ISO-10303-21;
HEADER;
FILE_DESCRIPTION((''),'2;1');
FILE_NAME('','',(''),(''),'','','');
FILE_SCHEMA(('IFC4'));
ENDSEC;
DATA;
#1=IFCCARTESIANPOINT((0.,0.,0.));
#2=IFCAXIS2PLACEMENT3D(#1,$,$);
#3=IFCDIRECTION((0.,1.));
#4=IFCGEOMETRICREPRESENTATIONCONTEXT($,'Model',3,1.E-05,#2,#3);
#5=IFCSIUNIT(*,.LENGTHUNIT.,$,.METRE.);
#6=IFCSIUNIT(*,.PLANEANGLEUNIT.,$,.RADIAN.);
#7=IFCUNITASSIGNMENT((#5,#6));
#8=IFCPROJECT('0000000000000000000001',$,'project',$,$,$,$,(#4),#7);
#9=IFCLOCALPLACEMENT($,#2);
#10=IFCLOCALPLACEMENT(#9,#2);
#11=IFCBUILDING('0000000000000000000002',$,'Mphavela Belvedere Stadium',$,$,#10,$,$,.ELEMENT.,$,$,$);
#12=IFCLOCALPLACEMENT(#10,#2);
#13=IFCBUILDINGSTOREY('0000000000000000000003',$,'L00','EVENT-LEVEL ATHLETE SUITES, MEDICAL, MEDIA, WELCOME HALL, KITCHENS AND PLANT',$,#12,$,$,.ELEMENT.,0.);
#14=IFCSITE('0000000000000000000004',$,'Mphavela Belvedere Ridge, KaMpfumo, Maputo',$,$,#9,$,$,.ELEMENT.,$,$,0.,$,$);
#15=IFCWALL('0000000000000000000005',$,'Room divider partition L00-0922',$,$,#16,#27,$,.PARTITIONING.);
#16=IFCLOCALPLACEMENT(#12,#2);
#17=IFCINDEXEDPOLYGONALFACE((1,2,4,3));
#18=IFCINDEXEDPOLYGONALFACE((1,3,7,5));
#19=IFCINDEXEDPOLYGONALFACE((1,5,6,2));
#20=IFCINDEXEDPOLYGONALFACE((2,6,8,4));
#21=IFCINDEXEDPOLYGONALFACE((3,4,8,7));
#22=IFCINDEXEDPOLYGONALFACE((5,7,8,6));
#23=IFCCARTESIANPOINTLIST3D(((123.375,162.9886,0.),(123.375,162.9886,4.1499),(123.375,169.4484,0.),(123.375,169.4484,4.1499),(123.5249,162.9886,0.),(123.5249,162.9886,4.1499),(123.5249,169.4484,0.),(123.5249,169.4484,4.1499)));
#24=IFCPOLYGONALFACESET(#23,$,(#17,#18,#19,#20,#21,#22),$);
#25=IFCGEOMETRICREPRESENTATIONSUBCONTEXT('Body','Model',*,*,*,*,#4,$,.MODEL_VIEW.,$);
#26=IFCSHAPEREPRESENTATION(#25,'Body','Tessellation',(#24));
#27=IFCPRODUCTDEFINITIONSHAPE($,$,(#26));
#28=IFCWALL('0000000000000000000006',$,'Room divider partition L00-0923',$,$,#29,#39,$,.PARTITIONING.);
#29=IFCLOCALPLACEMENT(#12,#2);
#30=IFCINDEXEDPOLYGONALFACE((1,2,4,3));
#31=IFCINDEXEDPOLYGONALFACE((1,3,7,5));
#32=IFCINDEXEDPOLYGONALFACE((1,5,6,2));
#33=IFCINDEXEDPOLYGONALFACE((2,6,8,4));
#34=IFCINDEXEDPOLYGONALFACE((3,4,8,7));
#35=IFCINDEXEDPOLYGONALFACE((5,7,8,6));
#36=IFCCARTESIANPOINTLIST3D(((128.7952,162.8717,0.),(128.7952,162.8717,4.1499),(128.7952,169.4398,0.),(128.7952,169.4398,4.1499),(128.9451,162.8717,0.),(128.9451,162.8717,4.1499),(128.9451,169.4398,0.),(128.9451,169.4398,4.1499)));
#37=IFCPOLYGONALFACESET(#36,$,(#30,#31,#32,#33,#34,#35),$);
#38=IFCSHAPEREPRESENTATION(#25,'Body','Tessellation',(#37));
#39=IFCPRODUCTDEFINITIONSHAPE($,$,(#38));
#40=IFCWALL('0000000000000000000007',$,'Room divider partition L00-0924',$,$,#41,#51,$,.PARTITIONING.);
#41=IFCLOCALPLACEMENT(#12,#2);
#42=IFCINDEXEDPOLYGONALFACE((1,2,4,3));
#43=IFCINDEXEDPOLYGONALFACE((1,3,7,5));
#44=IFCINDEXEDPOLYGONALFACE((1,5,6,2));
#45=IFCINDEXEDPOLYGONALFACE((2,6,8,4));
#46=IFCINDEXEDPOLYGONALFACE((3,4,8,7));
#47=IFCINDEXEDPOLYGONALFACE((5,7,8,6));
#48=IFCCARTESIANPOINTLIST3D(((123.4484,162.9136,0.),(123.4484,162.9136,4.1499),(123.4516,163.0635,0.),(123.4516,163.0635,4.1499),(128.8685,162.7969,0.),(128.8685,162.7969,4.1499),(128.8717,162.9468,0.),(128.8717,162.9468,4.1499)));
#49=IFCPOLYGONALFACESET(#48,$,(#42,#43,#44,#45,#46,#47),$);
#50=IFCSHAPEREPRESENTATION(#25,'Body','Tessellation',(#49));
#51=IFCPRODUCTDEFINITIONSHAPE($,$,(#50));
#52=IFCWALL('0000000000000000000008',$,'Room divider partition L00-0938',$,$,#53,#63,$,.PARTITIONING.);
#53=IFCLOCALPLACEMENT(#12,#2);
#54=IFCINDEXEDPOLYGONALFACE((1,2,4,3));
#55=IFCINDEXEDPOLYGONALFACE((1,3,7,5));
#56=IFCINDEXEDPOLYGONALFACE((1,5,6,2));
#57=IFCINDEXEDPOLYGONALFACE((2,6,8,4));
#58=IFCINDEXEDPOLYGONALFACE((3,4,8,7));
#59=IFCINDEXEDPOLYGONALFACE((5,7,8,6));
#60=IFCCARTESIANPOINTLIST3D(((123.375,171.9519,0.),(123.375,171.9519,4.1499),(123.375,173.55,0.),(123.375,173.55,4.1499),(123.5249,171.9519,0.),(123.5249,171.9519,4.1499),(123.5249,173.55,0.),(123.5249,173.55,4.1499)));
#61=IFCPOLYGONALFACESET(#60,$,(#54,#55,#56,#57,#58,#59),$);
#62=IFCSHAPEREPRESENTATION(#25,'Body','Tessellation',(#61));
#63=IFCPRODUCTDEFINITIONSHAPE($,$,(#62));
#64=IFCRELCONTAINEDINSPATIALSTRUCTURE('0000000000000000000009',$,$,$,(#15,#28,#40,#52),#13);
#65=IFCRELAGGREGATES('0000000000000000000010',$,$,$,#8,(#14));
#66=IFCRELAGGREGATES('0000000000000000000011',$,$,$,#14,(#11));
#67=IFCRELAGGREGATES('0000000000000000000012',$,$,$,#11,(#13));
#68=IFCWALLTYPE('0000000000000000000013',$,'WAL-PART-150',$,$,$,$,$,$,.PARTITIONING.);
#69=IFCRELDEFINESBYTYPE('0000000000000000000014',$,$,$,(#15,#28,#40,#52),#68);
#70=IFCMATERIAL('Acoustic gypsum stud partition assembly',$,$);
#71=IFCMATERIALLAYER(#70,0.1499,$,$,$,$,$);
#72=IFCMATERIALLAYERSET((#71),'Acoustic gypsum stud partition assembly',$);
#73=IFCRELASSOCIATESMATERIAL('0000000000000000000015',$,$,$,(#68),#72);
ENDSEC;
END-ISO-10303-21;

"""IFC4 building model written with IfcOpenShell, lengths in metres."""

from ifc_helpers import new_model, si_unit, direction, frame, frame_2d, origin, place, context, subcontext, project, spatial, rectangle, extrude, material, layer, layer_set, type_object, element, save


model = new_model("IFC4")

# Units and contexts
model_context = context("Model", 3, precision=1e-05, world=origin(), true_north=direction((0.0, 1.0)))
body_context = subcontext(model_context, "Body", "Model", "MODEL_VIEW")
ifc_project = project(units=[si_unit("LENGTHUNIT", "METRE"), si_unit("PLANEANGLEUNIT", "RADIAN")], contexts=[model_context])

# Site, building, storey
site_placement = place(None, origin())
site = spatial("IfcSite", under=ifc_project, at=site_placement, Name="Mphavela Belvedere Ridge, KaMpfumo, Maputo", CompositionType="ELEMENT", RefElevation=0.0)
building_placement = place(site_placement, origin())
building = spatial("IfcBuilding", under=site, at=building_placement, Name="Mphavela Belvedere Stadium", CompositionType="ELEMENT")
storey_placement = place(building_placement, origin())
storey = spatial("IfcBuildingStorey", under=building, at=storey_placement, Name="L00", Description="EVENT-LEVEL ATHLETE SUITES, MEDICAL, MEDIA, WELCOME HALL, KITCHENS AND PLANT", CompositionType="ELEMENT", Elevation=0.0)

# Shared definitions
ifc_material_1 = material(Name="Acoustic gypsum stud partition assembly")
ifc_layer_1 = layer(ifc_material_1, 0.1499)
ifc_layer_set_1 = layer_set([ifc_layer_1], Name="Acoustic gypsum stud partition assembly")
wall_type_1 = type_object("IfcWallType", Name="WAL-PART-150", PredefinedType="PARTITIONING", material=ifc_layer_set_1)

# Walls
wall_1_placement = place(storey_placement, frame((123.45, 162.9885, 0.0), z_axis=(0.0, 0.0, 1.0), x_axis=(0.0, 1.0, 0.0)))
element("IfcWall", 1, at=wall_1_placement, inside=storey, type_object=wall_type_1, Name="Room divider partition L00-0922", PredefinedType="PARTITIONING", context=body_context, shape_type="SweptSolid", body=[
    extrude(rectangle(XDim=6.4597, YDim=0.1499, at=frame_2d((3.23, 0.0))), origin(), (0.0, 0.0, 1.0), 4.1499),
])
wall_2_placement = place(storey_placement, frame((128.8701, 169.4399, 0.0), z_axis=(0.0, 0.0, 1.0), x_axis=(0.0, -1.0, 0.0)))
element("IfcWall", 2, at=wall_2_placement, inside=storey, type_object=wall_type_1, Name="Room divider partition L00-0923", PredefinedType="PARTITIONING", context=body_context, shape_type="SweptSolid", body=[
    extrude(rectangle(XDim=6.5681, YDim=0.1499, at=frame_2d((3.2842, 0.0))), origin(), (0.0, 0.0, 1.0), 4.1499),
])
wall_3_placement = place(storey_placement, frame((128.8701, 162.8718, 0.0), z_axis=(0.0, 0.0, 1.0), x_axis=(-0.999768, 0.021526, 0.0)))
element("IfcWall", 3, at=wall_3_placement, inside=storey, type_object=wall_type_1, Name="Room divider partition L00-0924", PredefinedType="PARTITIONING", context=body_context, shape_type="SweptSolid", body=[
    extrude(rectangle(XDim=5.4214, YDim=0.1499, at=frame_2d((2.7107, 0.0))), origin(), (0.0, 0.0, 1.0), 4.1499),
])
wall_4_placement = place(storey_placement, frame((123.45, 171.9519, 0.0), z_axis=(0.0, 0.0, 1.0), x_axis=(0.0, 1.0, 0.0)))
element("IfcWall", 4, at=wall_4_placement, inside=storey, type_object=wall_type_1, Name="Room divider partition L00-0938", PredefinedType="PARTITIONING", context=body_context, shape_type="SweptSolid", body=[
    extrude(rectangle(XDim=1.5981, YDim=0.1499, at=frame_2d((0.7991, 0.0))), origin(), (0.0, 0.0, 1.0), 4.1499),
])

save(model, "model.ifc")
